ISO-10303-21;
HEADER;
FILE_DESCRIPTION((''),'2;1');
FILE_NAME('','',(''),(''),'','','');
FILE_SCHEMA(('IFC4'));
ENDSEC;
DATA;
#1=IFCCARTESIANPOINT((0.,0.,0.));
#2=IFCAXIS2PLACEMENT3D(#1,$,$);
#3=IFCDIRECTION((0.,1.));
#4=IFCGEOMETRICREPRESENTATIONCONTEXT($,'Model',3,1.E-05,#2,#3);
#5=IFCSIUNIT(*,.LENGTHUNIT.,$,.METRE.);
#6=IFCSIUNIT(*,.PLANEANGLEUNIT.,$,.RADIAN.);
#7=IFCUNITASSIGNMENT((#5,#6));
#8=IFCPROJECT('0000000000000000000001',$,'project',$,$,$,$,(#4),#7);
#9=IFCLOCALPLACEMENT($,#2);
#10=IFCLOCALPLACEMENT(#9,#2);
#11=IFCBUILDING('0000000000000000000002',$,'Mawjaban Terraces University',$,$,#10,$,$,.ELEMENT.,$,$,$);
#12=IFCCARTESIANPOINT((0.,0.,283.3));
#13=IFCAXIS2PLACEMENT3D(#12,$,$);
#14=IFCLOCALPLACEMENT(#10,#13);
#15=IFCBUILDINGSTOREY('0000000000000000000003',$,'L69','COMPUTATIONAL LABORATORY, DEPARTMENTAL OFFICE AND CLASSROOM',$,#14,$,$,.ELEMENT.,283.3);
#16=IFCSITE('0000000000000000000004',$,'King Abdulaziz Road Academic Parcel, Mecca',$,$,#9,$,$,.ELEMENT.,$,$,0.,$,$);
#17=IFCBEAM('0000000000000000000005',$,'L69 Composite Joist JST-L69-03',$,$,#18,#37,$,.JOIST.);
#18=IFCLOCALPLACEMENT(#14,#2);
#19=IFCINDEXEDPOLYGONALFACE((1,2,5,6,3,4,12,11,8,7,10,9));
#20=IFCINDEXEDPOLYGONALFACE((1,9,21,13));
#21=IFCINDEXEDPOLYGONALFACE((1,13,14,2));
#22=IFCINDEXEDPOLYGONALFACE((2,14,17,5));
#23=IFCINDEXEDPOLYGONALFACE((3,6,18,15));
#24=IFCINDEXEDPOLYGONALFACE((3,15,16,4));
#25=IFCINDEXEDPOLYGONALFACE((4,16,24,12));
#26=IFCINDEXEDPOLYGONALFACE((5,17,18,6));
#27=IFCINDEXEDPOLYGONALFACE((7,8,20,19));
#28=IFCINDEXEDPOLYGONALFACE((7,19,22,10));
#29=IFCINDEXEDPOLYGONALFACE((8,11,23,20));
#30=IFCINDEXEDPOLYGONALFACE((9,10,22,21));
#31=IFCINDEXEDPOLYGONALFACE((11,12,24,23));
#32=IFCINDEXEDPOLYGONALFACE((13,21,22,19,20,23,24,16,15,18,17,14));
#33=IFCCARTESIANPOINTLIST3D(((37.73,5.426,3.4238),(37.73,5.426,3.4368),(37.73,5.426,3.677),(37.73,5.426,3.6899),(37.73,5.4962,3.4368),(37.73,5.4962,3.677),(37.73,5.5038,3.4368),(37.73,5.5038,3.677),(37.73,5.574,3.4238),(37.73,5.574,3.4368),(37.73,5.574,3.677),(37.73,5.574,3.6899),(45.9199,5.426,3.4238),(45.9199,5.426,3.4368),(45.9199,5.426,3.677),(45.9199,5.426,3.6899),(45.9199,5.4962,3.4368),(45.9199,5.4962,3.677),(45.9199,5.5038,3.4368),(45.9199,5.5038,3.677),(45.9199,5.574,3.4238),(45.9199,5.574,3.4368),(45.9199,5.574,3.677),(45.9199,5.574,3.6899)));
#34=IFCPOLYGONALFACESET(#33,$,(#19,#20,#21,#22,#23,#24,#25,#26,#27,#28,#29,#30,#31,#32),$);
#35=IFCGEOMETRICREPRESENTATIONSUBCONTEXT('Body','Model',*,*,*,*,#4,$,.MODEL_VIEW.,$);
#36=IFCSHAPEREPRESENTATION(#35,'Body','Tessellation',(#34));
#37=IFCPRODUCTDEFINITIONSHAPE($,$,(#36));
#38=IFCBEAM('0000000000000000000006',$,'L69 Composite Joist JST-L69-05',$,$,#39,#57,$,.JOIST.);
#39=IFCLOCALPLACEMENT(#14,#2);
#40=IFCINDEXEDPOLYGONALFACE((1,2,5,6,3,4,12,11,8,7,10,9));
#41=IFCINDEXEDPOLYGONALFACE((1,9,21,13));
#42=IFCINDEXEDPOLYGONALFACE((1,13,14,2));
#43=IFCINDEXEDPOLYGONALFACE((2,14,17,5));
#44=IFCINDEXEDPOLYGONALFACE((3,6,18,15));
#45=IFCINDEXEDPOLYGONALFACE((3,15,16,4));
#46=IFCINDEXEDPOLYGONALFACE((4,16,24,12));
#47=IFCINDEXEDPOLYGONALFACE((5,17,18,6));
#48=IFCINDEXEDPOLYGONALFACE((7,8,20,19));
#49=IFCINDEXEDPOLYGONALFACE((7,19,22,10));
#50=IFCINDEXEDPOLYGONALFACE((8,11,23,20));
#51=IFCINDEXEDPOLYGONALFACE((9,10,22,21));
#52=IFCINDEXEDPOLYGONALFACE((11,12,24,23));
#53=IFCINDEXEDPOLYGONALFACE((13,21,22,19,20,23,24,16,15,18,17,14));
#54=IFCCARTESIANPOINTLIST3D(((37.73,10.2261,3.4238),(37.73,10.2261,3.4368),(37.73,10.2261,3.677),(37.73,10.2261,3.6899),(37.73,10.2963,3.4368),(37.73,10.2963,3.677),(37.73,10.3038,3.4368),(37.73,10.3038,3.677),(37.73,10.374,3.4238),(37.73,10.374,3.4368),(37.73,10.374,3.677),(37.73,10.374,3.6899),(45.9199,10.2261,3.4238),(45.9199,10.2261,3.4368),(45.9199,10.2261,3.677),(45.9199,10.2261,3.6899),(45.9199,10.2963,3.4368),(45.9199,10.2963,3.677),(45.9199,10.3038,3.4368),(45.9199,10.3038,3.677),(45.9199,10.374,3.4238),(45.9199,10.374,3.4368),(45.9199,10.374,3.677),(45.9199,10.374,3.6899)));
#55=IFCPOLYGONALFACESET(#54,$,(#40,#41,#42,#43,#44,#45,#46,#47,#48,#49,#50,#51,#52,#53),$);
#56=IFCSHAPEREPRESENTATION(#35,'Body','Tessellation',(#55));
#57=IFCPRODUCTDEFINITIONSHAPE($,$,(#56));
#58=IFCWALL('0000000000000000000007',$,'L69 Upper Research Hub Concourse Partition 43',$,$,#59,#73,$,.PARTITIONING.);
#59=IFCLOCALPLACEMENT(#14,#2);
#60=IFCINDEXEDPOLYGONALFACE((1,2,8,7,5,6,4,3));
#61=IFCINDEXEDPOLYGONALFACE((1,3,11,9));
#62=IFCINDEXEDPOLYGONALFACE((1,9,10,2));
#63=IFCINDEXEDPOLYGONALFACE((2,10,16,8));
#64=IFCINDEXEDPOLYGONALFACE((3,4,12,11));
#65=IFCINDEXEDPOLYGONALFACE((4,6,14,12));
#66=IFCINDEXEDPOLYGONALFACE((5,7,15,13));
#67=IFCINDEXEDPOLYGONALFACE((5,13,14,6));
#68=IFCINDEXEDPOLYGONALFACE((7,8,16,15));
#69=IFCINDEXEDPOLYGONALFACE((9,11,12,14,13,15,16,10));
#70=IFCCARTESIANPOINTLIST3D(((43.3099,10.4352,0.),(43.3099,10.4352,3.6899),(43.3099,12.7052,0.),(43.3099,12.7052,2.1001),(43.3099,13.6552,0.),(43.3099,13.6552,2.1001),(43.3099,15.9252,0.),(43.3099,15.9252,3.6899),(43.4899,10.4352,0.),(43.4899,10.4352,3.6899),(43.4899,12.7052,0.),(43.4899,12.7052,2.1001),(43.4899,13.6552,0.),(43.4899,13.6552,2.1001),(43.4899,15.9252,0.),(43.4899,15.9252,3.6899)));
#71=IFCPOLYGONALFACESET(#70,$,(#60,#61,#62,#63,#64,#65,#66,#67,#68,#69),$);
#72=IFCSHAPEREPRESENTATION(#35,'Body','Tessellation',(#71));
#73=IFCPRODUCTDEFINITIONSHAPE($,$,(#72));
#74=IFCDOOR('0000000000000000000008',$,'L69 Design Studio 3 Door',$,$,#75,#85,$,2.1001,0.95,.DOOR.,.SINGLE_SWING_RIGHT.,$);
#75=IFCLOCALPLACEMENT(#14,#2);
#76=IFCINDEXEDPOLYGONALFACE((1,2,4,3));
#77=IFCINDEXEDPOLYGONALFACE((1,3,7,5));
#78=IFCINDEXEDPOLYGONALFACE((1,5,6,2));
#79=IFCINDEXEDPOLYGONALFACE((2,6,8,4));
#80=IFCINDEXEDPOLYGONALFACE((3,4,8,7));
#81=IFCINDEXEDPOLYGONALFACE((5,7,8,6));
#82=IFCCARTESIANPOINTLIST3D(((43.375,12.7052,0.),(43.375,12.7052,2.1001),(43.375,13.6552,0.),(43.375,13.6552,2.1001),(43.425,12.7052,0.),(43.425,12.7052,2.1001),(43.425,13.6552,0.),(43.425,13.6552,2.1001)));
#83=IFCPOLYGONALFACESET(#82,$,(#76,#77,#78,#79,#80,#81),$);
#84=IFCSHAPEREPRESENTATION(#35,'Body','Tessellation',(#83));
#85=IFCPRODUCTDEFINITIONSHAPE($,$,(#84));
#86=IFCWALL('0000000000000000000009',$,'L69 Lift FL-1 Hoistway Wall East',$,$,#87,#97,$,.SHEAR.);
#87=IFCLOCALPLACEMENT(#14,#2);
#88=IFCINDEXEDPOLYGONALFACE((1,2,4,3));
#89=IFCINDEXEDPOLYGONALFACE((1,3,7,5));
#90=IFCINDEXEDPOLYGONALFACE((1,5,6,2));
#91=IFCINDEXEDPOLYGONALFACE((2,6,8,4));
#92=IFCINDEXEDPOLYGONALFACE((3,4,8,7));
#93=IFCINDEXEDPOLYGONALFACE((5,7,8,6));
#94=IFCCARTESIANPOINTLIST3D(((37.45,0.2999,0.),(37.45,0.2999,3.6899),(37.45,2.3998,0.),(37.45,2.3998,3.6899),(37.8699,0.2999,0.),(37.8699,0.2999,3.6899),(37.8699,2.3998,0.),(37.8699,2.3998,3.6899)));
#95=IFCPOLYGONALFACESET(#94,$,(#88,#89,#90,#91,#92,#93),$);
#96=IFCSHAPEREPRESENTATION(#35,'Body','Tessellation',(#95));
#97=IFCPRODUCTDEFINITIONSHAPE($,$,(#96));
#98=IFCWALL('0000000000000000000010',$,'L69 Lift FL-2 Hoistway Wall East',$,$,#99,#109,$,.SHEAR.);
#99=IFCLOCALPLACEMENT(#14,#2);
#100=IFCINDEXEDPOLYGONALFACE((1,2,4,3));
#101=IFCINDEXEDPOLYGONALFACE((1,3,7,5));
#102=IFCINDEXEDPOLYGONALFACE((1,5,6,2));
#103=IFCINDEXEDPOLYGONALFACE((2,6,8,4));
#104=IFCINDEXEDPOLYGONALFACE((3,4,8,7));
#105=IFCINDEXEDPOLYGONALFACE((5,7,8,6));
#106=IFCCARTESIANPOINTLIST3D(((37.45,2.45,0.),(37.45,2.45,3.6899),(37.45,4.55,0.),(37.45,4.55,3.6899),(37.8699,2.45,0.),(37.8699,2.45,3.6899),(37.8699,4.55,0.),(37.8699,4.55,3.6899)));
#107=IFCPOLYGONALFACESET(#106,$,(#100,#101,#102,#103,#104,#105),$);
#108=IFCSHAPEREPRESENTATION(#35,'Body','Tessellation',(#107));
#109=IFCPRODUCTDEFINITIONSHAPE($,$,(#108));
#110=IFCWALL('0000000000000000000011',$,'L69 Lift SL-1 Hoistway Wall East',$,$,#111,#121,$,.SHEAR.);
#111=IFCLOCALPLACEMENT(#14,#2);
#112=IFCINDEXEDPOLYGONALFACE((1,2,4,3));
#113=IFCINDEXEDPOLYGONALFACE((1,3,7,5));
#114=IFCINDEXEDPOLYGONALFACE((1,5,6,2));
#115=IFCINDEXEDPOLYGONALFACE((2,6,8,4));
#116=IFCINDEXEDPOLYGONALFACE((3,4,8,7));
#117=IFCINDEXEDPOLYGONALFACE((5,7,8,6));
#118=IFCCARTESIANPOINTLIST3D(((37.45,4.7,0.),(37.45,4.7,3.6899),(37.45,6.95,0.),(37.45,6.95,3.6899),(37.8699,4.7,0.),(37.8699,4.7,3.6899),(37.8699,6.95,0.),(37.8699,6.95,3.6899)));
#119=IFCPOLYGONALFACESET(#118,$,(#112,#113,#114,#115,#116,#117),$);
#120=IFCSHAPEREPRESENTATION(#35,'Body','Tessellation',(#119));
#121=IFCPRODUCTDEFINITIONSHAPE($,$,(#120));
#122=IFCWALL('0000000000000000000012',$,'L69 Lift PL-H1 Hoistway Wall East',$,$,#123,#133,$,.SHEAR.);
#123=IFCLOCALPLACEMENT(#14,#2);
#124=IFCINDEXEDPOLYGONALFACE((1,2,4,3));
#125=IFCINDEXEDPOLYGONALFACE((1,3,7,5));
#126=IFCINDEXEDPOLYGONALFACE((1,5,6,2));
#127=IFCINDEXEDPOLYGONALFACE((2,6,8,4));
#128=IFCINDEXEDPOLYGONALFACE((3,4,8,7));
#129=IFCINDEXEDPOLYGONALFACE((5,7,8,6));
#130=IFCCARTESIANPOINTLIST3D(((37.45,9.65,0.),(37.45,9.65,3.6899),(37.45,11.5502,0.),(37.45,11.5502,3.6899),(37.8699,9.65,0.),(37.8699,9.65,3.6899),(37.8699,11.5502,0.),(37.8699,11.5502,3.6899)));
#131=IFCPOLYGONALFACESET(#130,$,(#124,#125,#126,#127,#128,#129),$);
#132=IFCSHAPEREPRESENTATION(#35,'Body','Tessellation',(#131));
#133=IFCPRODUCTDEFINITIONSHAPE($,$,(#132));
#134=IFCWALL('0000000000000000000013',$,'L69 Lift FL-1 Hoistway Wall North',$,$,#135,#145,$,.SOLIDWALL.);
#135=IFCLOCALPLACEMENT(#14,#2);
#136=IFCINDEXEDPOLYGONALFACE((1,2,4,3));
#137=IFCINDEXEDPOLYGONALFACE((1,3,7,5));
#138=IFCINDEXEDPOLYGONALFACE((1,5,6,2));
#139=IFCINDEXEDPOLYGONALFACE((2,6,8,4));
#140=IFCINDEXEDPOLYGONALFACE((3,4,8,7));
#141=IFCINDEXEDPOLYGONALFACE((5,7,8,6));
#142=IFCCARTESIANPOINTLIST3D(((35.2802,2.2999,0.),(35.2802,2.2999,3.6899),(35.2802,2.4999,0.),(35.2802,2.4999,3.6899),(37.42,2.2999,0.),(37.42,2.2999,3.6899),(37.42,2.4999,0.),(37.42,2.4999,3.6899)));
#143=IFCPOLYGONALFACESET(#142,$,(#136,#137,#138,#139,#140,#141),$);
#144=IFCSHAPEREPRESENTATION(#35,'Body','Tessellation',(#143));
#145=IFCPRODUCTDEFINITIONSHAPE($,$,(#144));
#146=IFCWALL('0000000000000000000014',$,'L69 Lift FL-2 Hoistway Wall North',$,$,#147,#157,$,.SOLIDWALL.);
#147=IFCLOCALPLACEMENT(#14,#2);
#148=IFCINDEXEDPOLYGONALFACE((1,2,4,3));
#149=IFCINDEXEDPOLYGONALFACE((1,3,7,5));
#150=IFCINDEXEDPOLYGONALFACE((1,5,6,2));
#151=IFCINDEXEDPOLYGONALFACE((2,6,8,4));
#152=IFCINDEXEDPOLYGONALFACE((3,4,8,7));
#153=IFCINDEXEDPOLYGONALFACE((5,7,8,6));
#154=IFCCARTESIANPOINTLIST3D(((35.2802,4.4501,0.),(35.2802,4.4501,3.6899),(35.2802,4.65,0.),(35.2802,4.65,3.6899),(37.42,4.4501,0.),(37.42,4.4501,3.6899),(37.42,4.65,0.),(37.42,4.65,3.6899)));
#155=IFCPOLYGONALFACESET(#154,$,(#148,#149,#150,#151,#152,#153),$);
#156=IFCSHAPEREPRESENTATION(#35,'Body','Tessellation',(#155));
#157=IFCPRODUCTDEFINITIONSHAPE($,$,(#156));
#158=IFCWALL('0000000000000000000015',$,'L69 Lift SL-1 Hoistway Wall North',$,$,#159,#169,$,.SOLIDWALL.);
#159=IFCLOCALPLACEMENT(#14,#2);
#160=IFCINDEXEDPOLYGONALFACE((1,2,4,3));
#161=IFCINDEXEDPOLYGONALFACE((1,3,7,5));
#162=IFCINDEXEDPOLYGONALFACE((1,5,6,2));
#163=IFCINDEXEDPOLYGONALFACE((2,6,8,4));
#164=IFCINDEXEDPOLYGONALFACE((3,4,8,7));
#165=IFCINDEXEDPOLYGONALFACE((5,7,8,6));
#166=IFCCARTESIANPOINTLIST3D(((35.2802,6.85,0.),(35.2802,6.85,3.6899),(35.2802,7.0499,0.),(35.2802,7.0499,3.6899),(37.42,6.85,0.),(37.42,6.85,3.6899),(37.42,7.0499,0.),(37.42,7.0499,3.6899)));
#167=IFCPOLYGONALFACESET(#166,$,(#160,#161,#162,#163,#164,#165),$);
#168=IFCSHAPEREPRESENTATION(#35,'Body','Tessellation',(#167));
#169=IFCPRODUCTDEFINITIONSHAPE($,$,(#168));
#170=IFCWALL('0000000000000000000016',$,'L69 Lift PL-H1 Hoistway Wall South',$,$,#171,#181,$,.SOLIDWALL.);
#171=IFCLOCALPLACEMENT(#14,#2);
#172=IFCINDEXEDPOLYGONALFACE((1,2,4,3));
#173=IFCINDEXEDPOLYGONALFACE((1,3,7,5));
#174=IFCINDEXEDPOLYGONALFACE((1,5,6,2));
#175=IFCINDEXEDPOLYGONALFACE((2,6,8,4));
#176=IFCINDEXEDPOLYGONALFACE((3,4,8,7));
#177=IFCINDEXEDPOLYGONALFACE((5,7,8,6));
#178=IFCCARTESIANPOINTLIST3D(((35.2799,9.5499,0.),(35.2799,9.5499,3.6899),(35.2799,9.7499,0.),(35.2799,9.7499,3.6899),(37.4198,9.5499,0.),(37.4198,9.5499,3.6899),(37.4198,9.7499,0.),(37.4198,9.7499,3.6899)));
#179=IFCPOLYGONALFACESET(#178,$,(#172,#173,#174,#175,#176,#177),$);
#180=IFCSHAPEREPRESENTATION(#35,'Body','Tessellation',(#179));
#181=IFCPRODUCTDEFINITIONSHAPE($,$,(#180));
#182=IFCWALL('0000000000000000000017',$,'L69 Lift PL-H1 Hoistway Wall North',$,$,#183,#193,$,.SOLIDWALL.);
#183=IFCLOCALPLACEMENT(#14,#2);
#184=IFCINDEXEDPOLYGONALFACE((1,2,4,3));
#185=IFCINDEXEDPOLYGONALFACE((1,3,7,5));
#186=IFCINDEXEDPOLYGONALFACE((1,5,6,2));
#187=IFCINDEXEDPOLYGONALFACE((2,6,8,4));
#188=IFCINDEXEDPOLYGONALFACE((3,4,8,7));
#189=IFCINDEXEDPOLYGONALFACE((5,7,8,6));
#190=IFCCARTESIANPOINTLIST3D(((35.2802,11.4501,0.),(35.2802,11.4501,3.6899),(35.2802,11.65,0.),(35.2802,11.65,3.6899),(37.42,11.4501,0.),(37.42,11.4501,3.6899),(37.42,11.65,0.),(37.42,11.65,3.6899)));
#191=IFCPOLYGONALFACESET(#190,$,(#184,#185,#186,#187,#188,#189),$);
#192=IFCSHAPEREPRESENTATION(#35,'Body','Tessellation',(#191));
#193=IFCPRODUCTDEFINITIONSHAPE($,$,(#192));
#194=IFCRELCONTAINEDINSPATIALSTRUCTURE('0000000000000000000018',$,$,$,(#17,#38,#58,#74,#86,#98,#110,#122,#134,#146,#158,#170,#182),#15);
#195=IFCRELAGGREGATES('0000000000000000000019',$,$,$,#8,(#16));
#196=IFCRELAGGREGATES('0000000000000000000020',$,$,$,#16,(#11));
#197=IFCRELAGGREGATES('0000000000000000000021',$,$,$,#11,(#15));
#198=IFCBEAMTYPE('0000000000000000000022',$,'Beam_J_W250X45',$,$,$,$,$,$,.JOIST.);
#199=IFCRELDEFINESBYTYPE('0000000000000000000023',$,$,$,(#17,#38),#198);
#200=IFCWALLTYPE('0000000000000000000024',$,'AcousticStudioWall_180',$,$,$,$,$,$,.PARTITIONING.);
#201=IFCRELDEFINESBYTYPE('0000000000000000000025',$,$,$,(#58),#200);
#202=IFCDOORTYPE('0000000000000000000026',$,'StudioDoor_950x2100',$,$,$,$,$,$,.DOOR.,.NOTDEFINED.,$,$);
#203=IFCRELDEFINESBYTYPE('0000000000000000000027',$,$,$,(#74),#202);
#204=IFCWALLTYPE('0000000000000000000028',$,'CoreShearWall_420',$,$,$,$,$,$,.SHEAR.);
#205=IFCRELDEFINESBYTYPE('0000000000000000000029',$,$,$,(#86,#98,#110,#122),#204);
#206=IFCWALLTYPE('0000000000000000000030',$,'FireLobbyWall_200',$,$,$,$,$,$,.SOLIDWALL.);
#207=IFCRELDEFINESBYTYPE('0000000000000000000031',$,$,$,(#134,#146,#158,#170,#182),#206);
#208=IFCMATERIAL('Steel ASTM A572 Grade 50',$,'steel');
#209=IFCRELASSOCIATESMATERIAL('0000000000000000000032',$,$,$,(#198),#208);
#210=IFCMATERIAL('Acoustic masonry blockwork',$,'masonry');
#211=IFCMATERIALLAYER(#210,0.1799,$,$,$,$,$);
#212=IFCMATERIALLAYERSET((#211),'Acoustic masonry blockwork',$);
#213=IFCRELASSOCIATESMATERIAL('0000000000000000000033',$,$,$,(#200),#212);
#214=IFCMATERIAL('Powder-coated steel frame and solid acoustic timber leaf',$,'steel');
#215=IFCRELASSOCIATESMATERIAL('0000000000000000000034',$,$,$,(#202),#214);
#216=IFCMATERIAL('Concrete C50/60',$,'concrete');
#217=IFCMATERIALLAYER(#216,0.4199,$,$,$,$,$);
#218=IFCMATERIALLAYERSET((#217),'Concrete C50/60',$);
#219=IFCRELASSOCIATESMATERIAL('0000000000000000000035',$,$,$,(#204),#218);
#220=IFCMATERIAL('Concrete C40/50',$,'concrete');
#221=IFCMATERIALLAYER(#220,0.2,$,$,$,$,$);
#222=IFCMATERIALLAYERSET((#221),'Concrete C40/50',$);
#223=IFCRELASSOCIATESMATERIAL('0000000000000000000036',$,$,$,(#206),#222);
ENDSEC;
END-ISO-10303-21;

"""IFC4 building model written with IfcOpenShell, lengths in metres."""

from ifc_helpers import new_model, si_unit, direction, frame, frame_2d, origin, origin_2d, place, context, subcontext, project, spatial, rectangle, i_section, extrude, material, layer, layer_set, material_profile, profile_set, type_object, element, fill, save


model = new_model("IFC4")

# Units and contexts
model_context = context("Model", 3, precision=1e-05, world=origin(), true_north=direction((0.0, 1.0)))
body_context = subcontext(model_context, "Body", "Model", "MODEL_VIEW")
ifc_project = project(units=[si_unit("LENGTHUNIT", "METRE"), si_unit("PLANEANGLEUNIT", "RADIAN")], contexts=[model_context])

# Site, building, storey
site_placement = place(None, origin())
site = spatial("IfcSite", under=ifc_project, at=site_placement, Name="King Abdulaziz Road Academic Parcel, Mecca", CompositionType="ELEMENT", RefElevation=0.0)
building_placement = place(site_placement, origin())
building = spatial("IfcBuilding", under=site, at=building_placement, Name="Mawjaban Terraces University", CompositionType="ELEMENT")
storey_placement = place(building_placement, frame((0.0, 0.0, 283.3)))
storey = spatial("IfcBuildingStorey", under=building, at=storey_placement, Name="L69", Description="COMPUTATIONAL LABORATORY, DEPARTMENTAL OFFICE AND CLASSROOM", CompositionType="ELEMENT", Elevation=283.3)

# Shared definitions
ifc_material_1 = material(Name="Concrete C50/60", Category="concrete")

# Beams
ifc_material_2 = material(Name="Steel ASTM A572 Grade 50", Category="steel")
ifc_material_profile_1 = material_profile(ifc_material_2, i_section(OverallWidth=0.1479, OverallDepth=0.2661, WebThickness=0.0076, FlangeThickness=0.0129, at=origin_2d()), Name="W250X45")
ifc_profile_set_1 = profile_set([ifc_material_profile_1], Name="Steel ASTM A572 Grade 50")
beam_type_1 = type_object("IfcBeamType", Name="Beam_J_W250X45", PredefinedType="JOIST", material=ifc_profile_set_1)
for number, where, z_axis, x_axis, name in (
    (1, (37.73, 5.5, 3.5569), (1.0, 0.0, 0.0), (0.0, 1.0, 0.0), "L69 Composite Joist JST-L69-03"),
    (2, (37.73, 10.3, 3.5569), (1.0, 0.0, 0.0), (0.0, 1.0, 0.0), "L69 Composite Joist JST-L69-05"),
):
    element("IfcBeam", number, at=place(storey_placement, frame(where, z_axis=z_axis, x_axis=x_axis)), inside=storey, type_object=beam_type_1, Name=name, PredefinedType="JOIST", context=body_context, shape_type="SweptSolid", body=[
        extrude(i_section(OverallWidth=0.1479, OverallDepth=0.2661, WebThickness=0.0076, FlangeThickness=0.0129, at=origin_2d()), origin(), (0.0, 0.0, 1.0), 8.1899),
    ])

# Wall, opening, door
ifc_material_3 = material(Name="Acoustic masonry blockwork", Category="masonry")
ifc_layer_1 = layer(ifc_material_3, 0.1799)
ifc_layer_set_1 = layer_set([ifc_layer_1], Name="Acoustic masonry blockwork")
wall_type_1 = type_object("IfcWallType", Name="AcousticStudioWall_180", PredefinedType="PARTITIONING", material=ifc_layer_set_1)
wall_1_placement = place(storey_placement, frame((43.3999, 10.4351, 0.0), z_axis=(0.0, 0.0, 1.0), x_axis=(0.0, 1.0, 0.0)))
wall_1 = element("IfcWall", 3, at=wall_1_placement, inside=storey, type_object=wall_type_1, Name="L69 Upper Research Hub Concourse Partition 43", PredefinedType="PARTITIONING", context=body_context, shape_type="SweptSolid", body=[
    extrude(rectangle(XDim=5.49, YDim=0.1799, at=frame_2d((2.7451, 0.0))), origin(), (0.0, 0.0, 1.0), 3.6899),
])
opening_1_placement = place(wall_1_placement, frame((2.27, 0.0, 0.0)))
opening_1 = element("IfcOpeningElement", 4, at=opening_1_placement, cuts=wall_1, PredefinedType="OPENING", context=body_context, shape_type="SweptSolid", body=[
    extrude(rectangle(XDim=0.95, YDim=2.1001, at=frame_2d((0.4751, 1.05))), frame((0.0, 0.0999, 0.0), z_axis=(0.0, -1.0, 0.0), x_axis=(1.0, 0.0, 0.0)), (0.0, 0.0, 1.0), 0.2),
])
ifc_material_4 = material(Name="Powder-coated steel frame and solid acoustic timber leaf", Category="steel")
door_type_1 = type_object("IfcDoorType", Name="StudioDoor_950x2100", OperationType="NOTDEFINED", PredefinedType="DOOR", material=ifc_material_4)
door_1_placement = place(opening_1_placement, origin())
door_1 = element("IfcDoor", 5, at=door_1_placement, inside=storey, type_object=door_type_1, Name="L69 Design Studio 3 Door", OperationType="SINGLE_SWING_RIGHT", OverallHeight=2.1001, OverallWidth=0.95, PredefinedType="DOOR", context=body_context, shape_type="SweptSolid", body=[
    extrude(rectangle(XDim=0.95, YDim=2.1001, at=frame_2d((0.4751, 1.05))), frame((0.0, 0.0249, 0.0), z_axis=(0.0, -1.0, 0.0), x_axis=(1.0, 0.0, 0.0)), (0.0, 0.0, 1.0), 0.05),
])
fill(opening_1, door_1)

# Walls
ifc_layer_2 = layer(ifc_material_1, 0.4199)
ifc_layer_set_2 = layer_set([ifc_layer_2], Name="Concrete C50/60")
wall_type_2 = type_object("IfcWallType", Name="CoreShearWall_420", PredefinedType="SHEAR", material=ifc_layer_set_2)
wall_2_placement = place(storey_placement, frame((37.6599, 0.3, 0.0), z_axis=(0.0, 0.0, 1.0), x_axis=(0.0, 1.0, 0.0)))
element("IfcWall", 6, at=wall_2_placement, inside=storey, type_object=wall_type_2, Name="L69 Lift FL-1 Hoistway Wall East", PredefinedType="SHEAR", context=body_context, shape_type="SweptSolid", body=[
    extrude(rectangle(XDim=2.0999, YDim=0.4199, at=frame_2d((1.0498, 0.0))), origin(), (0.0, 0.0, 1.0), 3.6899),
])
wall_3_placement = place(storey_placement, frame((37.6599, 2.45, 0.0), z_axis=(0.0, 0.0, 1.0), x_axis=(0.0, 1.0, 0.0)))
element("IfcWall", 7, at=wall_3_placement, inside=storey, type_object=wall_type_2, Name="L69 Lift FL-2 Hoistway Wall East", PredefinedType="SHEAR", context=body_context, shape_type="SweptSolid", body=[
    extrude(rectangle(XDim=2.1001, YDim=0.4199, at=frame_2d((1.05, 0.0))), origin(), (0.0, 0.0, 1.0), 3.6899),
])
wall_4_placement = place(storey_placement, frame((37.6599, 4.7, 0.0), z_axis=(0.0, 0.0, 1.0), x_axis=(0.0, 1.0, 0.0)))
element("IfcWall", 8, at=wall_4_placement, inside=storey, type_object=wall_type_2, Name="L69 Lift SL-1 Hoistway Wall East", PredefinedType="SHEAR", context=body_context, shape_type="SweptSolid", body=[
    extrude(rectangle(XDim=2.25, YDim=0.4199, at=frame_2d((1.125, 0.0))), origin(), (0.0, 0.0, 1.0), 3.6899),
])
wall_5_placement = place(storey_placement, frame((37.6599, 9.6499, 0.0), z_axis=(0.0, 0.0, 1.0), x_axis=(0.0, 1.0, 0.0)))
element("IfcWall", 9, at=wall_5_placement, inside=storey, type_object=wall_type_2, Name="L69 Lift PL-H1 Hoistway Wall East", PredefinedType="SHEAR", context=body_context, shape_type="SweptSolid", body=[
    extrude(rectangle(XDim=1.9001, YDim=0.4199, at=frame_2d((0.9502, 0.0))), origin(), (0.0, 0.0, 1.0), 3.6899),
])
ifc_material_5 = material(Name="Concrete C40/50", Category="concrete")
ifc_layer_3 = layer(ifc_material_5, 0.2)
ifc_layer_set_3 = layer_set([ifc_layer_3], Name="Concrete C40/50")
wall_type_3 = type_object("IfcWallType", Name="FireLobbyWall_200", PredefinedType="SOLIDWALL", material=ifc_layer_set_3)
for number, where, z_axis, x_axis, name in (
    (10, (37.4199, 2.3999, 0.0), (0.0, 0.0, 1.0), (-1.0, 0.0, 0.0), "L69 Lift FL-1 Hoistway Wall North"),
    (11, (37.4199, 4.55, 0.0), (0.0, 0.0, 1.0), (-1.0, 0.0, 0.0), "L69 Lift FL-2 Hoistway Wall North"),
    (12, (37.4199, 6.95, 0.0), (0.0, 0.0, 1.0), (-1.0, 0.0, 0.0), "L69 Lift SL-1 Hoistway Wall North"),
    (13, (35.28, 9.6499, 0.0), (0.0, 0.0, 1.0), (1.0, 0.0, 0.0), "L69 Lift PL-H1 Hoistway Wall South"),
    (14, (37.4199, 11.55, 0.0), (0.0, 0.0, 1.0), (-1.0, 0.0, 0.0), "L69 Lift PL-H1 Hoistway Wall North"),
):
    element("IfcWall", number, at=place(storey_placement, frame(where, z_axis=z_axis, x_axis=x_axis)), inside=storey, type_object=wall_type_3, Name=name, PredefinedType="SOLIDWALL", context=body_context, shape_type="SweptSolid", body=[
        extrude(rectangle(XDim=2.1399, YDim=0.2, at=frame_2d((1.0698, 0.0))), origin(), (0.0, 0.0, 1.0), 3.6899),
    ])

save(model, "model.ifc")
